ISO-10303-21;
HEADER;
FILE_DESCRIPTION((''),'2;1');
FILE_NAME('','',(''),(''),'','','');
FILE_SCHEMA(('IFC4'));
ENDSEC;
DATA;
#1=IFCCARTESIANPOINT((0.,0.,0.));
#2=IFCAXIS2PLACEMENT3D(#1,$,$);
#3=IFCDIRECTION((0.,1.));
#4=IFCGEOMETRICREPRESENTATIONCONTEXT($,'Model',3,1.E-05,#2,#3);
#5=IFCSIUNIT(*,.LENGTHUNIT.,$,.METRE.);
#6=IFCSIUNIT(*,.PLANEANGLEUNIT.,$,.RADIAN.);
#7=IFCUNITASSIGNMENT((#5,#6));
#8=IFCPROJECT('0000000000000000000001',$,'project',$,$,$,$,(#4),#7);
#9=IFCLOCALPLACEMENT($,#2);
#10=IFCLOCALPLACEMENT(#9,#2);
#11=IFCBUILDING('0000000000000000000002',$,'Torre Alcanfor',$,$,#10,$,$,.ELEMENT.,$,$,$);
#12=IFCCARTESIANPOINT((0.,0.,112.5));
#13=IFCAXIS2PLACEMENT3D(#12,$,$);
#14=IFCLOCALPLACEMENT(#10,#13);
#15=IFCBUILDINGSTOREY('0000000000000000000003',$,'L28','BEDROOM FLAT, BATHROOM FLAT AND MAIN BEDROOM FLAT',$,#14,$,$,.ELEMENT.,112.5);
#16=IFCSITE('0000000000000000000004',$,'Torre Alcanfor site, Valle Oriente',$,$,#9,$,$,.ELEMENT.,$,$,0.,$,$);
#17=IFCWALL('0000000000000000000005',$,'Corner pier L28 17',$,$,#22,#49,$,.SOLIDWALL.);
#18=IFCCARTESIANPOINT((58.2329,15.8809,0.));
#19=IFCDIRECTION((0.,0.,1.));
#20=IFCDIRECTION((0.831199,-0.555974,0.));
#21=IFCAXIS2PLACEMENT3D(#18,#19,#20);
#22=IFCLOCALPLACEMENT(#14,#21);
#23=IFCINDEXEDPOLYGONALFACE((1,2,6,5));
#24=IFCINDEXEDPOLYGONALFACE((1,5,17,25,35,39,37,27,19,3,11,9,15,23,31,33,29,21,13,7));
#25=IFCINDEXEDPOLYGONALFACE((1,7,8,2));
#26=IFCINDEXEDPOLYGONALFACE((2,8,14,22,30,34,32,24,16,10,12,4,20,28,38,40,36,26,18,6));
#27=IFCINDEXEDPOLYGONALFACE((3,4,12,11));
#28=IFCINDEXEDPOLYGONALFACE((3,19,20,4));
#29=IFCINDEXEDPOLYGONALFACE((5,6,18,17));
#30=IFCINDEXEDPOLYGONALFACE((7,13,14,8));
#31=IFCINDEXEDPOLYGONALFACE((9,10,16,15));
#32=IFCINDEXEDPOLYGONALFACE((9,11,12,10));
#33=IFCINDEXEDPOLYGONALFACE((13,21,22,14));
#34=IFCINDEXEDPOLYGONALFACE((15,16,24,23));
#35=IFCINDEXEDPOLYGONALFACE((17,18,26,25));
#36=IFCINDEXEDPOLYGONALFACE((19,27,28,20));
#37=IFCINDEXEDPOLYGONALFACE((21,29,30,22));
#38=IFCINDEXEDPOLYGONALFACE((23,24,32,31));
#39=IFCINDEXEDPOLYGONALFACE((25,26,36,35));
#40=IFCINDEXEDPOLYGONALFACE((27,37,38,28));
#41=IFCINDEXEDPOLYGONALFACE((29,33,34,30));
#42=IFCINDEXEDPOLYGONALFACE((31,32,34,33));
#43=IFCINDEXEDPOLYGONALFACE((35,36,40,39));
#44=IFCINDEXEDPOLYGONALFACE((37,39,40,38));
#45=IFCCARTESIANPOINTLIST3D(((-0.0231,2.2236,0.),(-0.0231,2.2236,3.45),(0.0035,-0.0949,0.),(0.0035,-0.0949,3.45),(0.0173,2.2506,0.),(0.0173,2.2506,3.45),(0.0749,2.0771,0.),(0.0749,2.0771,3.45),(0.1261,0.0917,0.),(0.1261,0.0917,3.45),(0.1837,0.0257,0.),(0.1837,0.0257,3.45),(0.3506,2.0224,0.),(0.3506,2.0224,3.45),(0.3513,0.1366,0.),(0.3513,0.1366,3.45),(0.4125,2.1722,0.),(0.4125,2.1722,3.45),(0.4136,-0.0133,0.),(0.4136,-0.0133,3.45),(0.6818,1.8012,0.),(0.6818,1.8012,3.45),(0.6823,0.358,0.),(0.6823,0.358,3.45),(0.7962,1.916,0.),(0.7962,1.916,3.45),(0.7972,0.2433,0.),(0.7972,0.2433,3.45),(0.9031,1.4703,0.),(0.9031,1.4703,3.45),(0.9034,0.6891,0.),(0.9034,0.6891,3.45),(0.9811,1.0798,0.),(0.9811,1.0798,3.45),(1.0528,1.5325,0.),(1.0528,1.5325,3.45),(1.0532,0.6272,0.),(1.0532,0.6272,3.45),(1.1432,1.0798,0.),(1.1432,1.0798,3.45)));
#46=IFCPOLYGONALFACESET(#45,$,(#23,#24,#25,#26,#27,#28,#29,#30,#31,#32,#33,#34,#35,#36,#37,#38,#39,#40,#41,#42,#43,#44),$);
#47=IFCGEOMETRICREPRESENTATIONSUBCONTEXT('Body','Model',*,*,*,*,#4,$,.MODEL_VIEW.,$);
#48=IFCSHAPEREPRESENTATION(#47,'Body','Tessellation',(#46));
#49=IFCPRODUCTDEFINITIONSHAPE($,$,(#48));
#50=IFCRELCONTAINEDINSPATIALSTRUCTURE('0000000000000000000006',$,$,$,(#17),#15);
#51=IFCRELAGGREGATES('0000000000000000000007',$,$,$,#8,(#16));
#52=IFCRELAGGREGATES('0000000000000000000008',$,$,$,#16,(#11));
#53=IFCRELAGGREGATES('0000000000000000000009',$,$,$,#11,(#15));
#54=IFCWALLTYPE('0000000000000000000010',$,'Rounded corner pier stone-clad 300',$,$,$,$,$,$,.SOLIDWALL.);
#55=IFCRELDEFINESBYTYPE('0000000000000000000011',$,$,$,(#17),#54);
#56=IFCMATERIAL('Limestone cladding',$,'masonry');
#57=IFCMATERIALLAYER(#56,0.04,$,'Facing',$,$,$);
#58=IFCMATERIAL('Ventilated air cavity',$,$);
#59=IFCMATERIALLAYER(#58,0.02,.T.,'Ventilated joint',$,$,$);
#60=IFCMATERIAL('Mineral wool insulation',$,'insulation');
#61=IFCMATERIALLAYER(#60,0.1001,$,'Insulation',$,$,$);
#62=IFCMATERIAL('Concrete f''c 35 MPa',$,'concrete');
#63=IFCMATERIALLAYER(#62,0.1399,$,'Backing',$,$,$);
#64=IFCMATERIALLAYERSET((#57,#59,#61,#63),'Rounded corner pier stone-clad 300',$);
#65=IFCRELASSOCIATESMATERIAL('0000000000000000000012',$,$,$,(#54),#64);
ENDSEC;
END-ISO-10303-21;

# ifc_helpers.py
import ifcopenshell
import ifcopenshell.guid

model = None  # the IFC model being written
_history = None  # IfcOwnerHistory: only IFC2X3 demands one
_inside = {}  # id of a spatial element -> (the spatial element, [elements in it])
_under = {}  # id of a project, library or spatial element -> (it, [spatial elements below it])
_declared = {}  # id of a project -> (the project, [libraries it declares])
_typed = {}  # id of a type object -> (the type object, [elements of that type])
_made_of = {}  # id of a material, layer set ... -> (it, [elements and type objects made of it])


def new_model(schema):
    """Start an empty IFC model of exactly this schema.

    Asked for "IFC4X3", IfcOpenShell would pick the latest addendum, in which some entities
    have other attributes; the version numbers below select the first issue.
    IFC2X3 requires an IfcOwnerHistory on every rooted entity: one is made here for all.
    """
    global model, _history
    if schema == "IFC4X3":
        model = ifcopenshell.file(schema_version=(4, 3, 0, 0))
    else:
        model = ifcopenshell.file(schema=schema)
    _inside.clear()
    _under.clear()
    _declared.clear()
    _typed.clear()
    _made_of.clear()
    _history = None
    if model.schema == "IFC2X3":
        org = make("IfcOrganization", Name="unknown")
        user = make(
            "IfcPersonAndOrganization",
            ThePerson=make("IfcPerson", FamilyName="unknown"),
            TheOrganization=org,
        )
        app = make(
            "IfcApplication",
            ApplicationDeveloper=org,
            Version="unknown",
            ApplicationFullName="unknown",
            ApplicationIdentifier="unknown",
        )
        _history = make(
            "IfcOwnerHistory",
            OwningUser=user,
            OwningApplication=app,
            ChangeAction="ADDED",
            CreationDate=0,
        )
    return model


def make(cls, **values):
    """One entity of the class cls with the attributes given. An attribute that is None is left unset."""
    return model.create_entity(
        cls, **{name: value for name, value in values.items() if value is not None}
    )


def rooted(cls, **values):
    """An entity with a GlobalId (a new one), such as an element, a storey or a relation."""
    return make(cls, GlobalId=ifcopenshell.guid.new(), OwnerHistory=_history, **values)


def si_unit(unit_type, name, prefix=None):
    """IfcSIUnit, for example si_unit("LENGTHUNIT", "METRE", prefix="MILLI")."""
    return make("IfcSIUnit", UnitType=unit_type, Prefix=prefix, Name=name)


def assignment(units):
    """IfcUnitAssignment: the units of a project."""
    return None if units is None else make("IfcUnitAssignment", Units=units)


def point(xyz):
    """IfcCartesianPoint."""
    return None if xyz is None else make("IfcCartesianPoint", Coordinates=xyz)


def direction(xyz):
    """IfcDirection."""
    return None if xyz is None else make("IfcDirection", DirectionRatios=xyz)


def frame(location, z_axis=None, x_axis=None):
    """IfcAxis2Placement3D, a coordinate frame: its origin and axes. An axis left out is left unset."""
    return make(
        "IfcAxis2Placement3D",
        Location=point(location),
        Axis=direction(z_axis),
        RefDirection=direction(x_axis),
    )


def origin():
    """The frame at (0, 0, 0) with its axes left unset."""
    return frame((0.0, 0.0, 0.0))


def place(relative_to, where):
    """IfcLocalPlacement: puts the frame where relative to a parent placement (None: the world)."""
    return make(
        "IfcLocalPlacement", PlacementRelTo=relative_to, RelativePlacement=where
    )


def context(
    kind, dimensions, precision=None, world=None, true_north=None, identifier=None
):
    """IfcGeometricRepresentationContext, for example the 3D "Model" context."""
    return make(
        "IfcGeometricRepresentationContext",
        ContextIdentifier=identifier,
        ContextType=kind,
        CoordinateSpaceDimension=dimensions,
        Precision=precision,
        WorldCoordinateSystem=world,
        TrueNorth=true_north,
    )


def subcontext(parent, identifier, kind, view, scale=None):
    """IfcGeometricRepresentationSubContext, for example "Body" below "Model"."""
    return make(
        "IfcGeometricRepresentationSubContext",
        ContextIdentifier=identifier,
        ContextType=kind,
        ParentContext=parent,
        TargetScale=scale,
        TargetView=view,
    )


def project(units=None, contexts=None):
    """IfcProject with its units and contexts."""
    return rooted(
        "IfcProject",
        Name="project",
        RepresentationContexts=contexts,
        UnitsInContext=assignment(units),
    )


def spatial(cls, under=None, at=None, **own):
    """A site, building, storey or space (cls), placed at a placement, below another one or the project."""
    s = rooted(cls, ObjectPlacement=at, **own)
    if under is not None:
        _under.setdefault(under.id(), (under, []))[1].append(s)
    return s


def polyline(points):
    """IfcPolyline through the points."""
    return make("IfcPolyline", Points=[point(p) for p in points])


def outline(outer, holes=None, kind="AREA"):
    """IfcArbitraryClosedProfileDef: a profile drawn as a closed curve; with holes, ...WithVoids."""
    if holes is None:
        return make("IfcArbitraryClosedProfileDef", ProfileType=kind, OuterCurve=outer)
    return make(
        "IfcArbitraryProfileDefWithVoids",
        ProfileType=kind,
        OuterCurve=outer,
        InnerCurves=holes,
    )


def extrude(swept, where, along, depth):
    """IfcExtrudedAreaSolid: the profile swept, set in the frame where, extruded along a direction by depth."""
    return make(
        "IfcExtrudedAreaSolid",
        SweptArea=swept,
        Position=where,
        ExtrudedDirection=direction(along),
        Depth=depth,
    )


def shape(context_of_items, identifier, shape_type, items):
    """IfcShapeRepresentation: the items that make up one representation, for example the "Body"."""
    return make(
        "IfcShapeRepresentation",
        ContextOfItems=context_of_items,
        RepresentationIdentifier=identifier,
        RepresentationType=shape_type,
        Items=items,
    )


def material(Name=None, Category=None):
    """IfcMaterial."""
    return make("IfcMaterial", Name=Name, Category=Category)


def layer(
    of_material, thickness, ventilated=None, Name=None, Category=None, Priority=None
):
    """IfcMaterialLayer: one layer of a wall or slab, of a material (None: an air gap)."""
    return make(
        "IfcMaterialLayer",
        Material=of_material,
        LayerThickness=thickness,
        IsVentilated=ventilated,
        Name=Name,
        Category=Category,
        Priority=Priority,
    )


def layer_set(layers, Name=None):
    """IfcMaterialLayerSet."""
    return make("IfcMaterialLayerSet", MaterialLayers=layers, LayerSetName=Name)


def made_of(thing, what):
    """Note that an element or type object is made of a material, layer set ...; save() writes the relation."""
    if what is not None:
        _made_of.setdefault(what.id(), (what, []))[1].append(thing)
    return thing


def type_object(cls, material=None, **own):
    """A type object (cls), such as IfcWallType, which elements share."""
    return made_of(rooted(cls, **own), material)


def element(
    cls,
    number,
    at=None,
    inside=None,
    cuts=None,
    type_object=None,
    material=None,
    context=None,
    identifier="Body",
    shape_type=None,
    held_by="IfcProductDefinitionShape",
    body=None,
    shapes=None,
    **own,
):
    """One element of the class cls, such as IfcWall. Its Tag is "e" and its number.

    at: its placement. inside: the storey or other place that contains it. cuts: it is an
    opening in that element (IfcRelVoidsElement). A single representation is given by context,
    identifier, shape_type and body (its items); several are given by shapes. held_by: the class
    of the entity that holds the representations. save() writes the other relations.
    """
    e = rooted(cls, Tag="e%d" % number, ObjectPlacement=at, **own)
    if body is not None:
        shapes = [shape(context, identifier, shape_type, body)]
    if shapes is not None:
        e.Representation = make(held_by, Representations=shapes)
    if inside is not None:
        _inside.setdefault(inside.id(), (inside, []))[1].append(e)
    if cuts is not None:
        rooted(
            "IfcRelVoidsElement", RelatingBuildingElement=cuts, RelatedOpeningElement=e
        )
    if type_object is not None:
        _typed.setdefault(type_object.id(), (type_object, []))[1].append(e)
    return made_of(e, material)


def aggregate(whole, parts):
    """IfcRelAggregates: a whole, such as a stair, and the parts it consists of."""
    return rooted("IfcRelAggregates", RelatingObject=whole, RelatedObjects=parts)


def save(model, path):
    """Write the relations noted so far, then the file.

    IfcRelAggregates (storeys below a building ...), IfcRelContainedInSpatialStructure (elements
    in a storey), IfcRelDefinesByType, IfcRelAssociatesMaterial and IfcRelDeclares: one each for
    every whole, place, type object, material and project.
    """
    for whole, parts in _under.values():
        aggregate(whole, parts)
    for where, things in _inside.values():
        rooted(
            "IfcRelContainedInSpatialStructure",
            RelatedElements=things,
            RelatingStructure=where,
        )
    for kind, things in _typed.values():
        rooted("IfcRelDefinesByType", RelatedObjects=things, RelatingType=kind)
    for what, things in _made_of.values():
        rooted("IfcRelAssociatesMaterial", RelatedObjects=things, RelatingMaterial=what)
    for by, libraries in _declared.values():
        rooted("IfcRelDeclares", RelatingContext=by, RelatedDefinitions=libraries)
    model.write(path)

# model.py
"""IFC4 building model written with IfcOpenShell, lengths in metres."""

from ifc_helpers import new_model, si_unit, direction, frame, origin, place, context, subcontext, project, spatial, polyline, outline, extrude, material, layer, layer_set, type_object, element, save


model = new_model("IFC4")

# Units and contexts
model_context = context("Model", 3, precision=1e-05, world=origin(), true_north=direction((0.0, 1.0)))
body_context = subcontext(model_context, "Body", "Model", "MODEL_VIEW")
ifc_project = project(units=[si_unit("LENGTHUNIT", "METRE"), si_unit("PLANEANGLEUNIT", "RADIAN")], contexts=[model_context])

# Site, building, storey
site_placement = place(None, origin())
site = spatial("IfcSite", under=ifc_project, at=site_placement, Name="Torre Alcanfor site, Valle Oriente", CompositionType="ELEMENT", RefElevation=0.0)
building_placement = place(site_placement, origin())
building = spatial("IfcBuilding", under=site, at=building_placement, Name="Torre Alcanfor", CompositionType="ELEMENT")
storey_placement = place(building_placement, frame((0.0, 0.0, 112.5)))
storey = spatial("IfcBuildingStorey", under=building, at=storey_placement, Name="L28", Description="BEDROOM FLAT, BATHROOM FLAT AND MAIN BEDROOM FLAT", CompositionType="ELEMENT", Elevation=112.5)

# Wall
ifc_material_1 = material(Name="Limestone cladding", Category="masonry")
ifc_layer_1 = layer(ifc_material_1, 0.04, Name="Facing")
ifc_material_2 = material(Name="Ventilated air cavity")
ifc_layer_2 = layer(ifc_material_2, 0.02, ventilated=True, Name="Ventilated joint")
ifc_material_3 = material(Name="Mineral wool insulation", Category="insulation")
ifc_layer_3 = layer(ifc_material_3, 0.1001, Name="Insulation")
ifc_material_4 = material(Name="Concrete f'c 35 MPa", Category="concrete")
ifc_layer_4 = layer(ifc_material_4, 0.1399, Name="Backing")
ifc_layer_set_1 = layer_set([ifc_layer_1, ifc_layer_2, ifc_layer_3, ifc_layer_4], Name="Rounded corner pier stone-clad 300")
wall_type_1 = type_object("IfcWallType", Name="Rounded corner pier stone-clad 300", PredefinedType="SOLIDWALL", material=ifc_layer_set_1)
wall_1_placement = place(storey_placement, frame((58.2329, 15.8809, 0.0), z_axis=(0.0, 0.0, 1.0), x_axis=(0.831199, -0.555974, 0.0)))
element("IfcWall", 1, at=wall_1_placement, inside=storey, type_object=wall_type_1, Name="Corner pier L28 17", PredefinedType="SOLIDWALL", context=body_context, shape_type="SweptSolid", body=[
    extrude(outline(polyline([(0.0749, 2.0771), (0.3506, 2.0224), (0.6818, 1.8012), (0.9031, 1.4703), (0.9811, 1.0798), (0.9034, 0.6891), (0.6823, 0.358), (0.3513, 0.1366), (0.1261, 0.0917), (0.1837, 0.0257), (0.0035, -0.0949), (0.4136, -0.0133), (0.7972, 0.2433), (1.0532, 0.6272), (1.1432, 1.0798), (1.0528, 1.5325), (0.7962, 1.916), (0.4125, 2.1722), (0.0173, 2.2506), (-0.0231, 2.2236), (0.0749, 2.0771)])), origin(), (0.0, 0.0, 1.0), 3.45),
])

save(model, "model.ifc")
